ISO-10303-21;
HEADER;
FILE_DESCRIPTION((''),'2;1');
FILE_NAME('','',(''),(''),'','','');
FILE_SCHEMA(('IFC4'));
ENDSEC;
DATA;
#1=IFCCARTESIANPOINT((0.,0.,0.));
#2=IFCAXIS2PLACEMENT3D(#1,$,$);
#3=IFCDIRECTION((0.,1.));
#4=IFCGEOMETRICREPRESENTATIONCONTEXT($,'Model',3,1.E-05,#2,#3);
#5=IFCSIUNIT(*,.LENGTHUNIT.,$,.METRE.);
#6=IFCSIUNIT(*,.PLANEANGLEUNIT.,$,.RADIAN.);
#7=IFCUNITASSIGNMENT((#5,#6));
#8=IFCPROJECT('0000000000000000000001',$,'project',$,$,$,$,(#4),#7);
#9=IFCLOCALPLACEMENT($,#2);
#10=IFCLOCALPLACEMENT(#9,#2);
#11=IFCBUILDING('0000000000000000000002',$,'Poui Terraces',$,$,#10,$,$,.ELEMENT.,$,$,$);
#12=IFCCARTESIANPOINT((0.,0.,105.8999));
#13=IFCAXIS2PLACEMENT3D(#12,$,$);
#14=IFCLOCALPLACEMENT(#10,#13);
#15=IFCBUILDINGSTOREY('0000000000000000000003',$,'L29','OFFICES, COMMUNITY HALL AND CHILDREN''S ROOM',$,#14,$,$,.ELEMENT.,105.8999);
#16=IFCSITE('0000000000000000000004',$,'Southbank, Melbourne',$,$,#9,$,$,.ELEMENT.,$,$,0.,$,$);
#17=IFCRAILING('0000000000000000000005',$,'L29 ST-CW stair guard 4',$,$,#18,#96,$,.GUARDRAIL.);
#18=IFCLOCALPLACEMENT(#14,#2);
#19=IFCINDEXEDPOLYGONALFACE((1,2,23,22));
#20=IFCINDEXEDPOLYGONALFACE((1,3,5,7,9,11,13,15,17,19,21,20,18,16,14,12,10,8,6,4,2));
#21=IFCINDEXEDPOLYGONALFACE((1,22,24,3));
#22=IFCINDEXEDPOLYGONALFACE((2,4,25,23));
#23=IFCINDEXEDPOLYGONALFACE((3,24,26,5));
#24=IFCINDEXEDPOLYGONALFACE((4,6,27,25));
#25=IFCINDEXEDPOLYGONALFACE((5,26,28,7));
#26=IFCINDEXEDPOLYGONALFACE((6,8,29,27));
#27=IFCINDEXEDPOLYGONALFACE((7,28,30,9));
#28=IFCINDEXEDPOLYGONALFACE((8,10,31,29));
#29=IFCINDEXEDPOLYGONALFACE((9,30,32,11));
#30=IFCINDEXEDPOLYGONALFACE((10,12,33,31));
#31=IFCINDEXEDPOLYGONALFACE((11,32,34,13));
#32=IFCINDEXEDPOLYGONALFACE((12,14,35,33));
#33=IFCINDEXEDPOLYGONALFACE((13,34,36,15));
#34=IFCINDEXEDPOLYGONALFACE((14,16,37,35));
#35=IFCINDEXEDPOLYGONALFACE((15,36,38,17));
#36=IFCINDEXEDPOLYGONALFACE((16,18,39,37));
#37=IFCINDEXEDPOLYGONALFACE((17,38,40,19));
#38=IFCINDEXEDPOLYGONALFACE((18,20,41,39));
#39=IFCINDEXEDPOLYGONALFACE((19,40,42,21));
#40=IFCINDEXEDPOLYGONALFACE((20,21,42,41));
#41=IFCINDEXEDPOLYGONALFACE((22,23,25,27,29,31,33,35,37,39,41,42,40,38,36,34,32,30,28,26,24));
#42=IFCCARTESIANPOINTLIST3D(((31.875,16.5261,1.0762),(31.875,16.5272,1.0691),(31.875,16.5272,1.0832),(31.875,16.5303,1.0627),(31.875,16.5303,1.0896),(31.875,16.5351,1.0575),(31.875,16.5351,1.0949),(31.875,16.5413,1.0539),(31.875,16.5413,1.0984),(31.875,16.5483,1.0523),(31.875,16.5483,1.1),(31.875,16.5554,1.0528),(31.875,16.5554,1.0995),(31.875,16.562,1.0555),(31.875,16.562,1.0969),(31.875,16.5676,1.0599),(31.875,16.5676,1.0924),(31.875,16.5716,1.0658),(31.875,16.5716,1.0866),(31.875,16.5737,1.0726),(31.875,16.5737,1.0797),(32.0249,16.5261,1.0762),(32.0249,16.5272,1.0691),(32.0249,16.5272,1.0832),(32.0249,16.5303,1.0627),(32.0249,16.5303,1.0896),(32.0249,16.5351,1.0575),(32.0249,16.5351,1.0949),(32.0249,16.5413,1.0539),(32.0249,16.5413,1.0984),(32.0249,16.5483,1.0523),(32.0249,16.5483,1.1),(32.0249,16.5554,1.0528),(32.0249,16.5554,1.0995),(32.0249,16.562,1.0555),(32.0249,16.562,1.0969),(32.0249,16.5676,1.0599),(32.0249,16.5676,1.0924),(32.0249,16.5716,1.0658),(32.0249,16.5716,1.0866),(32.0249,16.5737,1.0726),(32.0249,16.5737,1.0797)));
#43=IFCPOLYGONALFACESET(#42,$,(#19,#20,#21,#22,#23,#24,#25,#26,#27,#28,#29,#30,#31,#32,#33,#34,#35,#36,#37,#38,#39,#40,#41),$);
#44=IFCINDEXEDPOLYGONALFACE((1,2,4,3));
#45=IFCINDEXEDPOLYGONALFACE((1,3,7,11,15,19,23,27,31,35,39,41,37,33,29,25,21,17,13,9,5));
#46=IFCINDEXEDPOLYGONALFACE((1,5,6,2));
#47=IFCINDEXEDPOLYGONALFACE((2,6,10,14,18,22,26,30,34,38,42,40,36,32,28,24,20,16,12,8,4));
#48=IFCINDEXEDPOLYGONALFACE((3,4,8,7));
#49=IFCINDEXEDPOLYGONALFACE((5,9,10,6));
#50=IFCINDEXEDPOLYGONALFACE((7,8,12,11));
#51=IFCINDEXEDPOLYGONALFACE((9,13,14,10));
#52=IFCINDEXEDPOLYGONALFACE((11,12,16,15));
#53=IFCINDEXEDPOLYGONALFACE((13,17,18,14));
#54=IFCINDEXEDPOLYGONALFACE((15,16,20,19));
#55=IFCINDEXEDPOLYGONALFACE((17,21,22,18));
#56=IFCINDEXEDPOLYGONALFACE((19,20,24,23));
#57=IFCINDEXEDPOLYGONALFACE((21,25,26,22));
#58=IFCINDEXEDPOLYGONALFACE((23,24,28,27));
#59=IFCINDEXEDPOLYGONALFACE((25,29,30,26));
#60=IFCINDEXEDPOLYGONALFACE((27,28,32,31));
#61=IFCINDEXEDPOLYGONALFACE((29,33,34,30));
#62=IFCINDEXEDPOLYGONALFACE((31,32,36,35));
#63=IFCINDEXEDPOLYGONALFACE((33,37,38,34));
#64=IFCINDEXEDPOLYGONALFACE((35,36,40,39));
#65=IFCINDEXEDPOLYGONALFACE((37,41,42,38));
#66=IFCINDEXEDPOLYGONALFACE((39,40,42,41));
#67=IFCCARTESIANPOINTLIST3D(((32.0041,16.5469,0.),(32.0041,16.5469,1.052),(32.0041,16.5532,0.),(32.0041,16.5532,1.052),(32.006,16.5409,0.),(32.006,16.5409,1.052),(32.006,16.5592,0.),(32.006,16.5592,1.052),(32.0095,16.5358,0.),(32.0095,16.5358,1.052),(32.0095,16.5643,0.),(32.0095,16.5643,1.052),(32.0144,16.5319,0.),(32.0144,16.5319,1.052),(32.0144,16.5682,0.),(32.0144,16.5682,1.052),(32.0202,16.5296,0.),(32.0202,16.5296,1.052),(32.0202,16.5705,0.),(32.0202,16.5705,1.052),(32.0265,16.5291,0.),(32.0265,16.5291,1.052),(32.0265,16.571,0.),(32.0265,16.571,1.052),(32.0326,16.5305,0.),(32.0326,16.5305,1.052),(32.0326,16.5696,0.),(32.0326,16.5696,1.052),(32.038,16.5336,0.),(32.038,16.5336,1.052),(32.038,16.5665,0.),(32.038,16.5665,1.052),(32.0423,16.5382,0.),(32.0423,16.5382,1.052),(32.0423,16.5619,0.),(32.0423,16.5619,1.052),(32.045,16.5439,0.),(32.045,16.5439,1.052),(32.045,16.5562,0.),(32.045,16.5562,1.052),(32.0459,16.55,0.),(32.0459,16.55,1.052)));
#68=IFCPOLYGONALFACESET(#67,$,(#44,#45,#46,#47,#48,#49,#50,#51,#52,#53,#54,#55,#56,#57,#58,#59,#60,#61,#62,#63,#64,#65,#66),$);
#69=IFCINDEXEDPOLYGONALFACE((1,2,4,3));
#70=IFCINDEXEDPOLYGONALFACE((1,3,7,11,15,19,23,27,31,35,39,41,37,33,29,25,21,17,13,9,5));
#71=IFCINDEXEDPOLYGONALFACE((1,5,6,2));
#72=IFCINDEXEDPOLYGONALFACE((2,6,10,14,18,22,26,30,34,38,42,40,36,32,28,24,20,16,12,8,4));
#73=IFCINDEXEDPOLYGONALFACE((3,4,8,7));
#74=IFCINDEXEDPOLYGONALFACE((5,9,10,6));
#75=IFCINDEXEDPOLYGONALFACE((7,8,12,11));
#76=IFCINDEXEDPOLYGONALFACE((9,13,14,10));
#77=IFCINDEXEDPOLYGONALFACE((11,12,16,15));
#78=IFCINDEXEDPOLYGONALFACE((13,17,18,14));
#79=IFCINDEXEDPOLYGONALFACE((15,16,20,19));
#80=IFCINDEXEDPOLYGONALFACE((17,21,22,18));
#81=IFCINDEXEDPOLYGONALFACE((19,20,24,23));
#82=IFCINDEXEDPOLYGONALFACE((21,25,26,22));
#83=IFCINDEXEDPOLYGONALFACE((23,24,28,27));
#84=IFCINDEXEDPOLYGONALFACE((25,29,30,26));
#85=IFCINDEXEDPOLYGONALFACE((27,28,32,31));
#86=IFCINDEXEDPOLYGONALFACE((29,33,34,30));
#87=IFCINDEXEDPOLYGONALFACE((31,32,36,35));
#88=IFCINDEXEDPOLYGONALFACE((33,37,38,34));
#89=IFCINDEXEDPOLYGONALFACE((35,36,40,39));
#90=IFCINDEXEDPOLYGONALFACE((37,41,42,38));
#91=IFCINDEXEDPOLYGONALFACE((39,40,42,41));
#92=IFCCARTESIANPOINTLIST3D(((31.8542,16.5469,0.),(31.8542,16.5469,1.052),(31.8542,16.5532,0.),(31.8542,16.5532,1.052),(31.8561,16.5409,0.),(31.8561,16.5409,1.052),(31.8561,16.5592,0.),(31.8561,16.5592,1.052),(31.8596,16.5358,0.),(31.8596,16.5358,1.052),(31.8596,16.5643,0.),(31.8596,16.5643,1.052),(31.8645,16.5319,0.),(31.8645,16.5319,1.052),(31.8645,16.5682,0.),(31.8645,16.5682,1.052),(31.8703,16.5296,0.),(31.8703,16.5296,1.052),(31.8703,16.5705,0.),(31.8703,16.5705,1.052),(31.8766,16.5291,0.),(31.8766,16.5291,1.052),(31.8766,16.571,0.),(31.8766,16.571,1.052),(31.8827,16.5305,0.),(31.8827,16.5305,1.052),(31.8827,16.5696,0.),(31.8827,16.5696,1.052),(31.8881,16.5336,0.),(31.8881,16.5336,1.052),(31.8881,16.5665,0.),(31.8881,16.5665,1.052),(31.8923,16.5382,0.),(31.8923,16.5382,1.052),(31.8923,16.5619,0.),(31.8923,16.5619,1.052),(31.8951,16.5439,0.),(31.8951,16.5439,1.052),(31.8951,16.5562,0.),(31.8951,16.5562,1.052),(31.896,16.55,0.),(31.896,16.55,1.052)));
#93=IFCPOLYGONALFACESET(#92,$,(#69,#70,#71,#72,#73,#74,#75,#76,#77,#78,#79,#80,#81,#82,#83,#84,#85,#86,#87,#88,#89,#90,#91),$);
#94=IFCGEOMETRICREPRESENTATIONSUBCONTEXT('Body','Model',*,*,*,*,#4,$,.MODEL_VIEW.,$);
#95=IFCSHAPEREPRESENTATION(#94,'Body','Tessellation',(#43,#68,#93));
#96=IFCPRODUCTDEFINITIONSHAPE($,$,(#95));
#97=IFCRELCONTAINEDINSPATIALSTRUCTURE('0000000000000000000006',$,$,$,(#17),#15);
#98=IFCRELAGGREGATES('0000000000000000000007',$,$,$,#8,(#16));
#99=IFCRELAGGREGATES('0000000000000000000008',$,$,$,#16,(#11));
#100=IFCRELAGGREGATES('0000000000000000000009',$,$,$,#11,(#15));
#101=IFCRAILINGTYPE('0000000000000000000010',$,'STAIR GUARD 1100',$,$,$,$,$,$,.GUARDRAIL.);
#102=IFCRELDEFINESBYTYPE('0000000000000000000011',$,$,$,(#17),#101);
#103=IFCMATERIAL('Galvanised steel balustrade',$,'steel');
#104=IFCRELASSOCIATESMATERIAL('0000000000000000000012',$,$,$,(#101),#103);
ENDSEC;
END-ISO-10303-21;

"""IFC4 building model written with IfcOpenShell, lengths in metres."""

from ifc_helpers import new_model, si_unit, direction, frame, origin, origin_2d, place, context, subcontext, project, spatial, circle, extrude, material, type_object, element, save


model = new_model("IFC4")

# Units and contexts
model_context = context("Model", 3, precision=1e-05, world=origin(), true_north=direction((0.0, 1.0)))
body_context = subcontext(model_context, "Body", "Model", "MODEL_VIEW")
ifc_project = project(units=[si_unit("LENGTHUNIT", "METRE"), si_unit("PLANEANGLEUNIT", "RADIAN")], contexts=[model_context])

# Site, building, storey
site_placement = place(None, origin())
site = spatial("IfcSite", under=ifc_project, at=site_placement, Name="Southbank, Melbourne", CompositionType="ELEMENT", RefElevation=0.0)
building_placement = place(site_placement, origin())
building = spatial("IfcBuilding", under=site, at=building_placement, Name="Poui Terraces", CompositionType="ELEMENT")
storey_placement = place(building_placement, frame((0.0, 0.0, 105.8999)))
storey = spatial("IfcBuildingStorey", under=building, at=storey_placement, Name="L29", Description="OFFICES, COMMUNITY HALL AND CHILDREN'S ROOM", CompositionType="ELEMENT", Elevation=105.8999)

# Railing
ifc_material_1 = material(Name="Galvanised steel balustrade", Category="steel")
railing_type_1 = type_object("IfcRailingType", Name="STAIR GUARD 1100", PredefinedType="GUARDRAIL", material=ifc_material_1)
railing_1_placement = place(storey_placement, frame((32.0249, 16.55, 0.0)))
element("IfcRailing", 1, at=railing_1_placement, inside=storey, type_object=railing_type_1, Name="L29 ST-CW stair guard 4", PredefinedType="GUARDRAIL", context=body_context, shape_type="SweptSolid", body=[
    extrude(circle(Radius=0.0239, at=origin_2d()), frame((0.0, 0.0, 1.0762), z_axis=(-1.0, 0.0, 0.0), x_axis=(0.0, -1.0, 0.0)), (0.0, 0.0, 1.0), 0.1499),
    extrude(circle(Radius=0.021, at=origin_2d()), origin(), (0.0, 0.0, 1.0), 1.052),
    extrude(circle(Radius=0.021, at=origin_2d()), frame((-0.1499, 0.0, 0.0)), (0.0, 0.0, 1.0), 1.052),
])

save(model, "model.ifc")
